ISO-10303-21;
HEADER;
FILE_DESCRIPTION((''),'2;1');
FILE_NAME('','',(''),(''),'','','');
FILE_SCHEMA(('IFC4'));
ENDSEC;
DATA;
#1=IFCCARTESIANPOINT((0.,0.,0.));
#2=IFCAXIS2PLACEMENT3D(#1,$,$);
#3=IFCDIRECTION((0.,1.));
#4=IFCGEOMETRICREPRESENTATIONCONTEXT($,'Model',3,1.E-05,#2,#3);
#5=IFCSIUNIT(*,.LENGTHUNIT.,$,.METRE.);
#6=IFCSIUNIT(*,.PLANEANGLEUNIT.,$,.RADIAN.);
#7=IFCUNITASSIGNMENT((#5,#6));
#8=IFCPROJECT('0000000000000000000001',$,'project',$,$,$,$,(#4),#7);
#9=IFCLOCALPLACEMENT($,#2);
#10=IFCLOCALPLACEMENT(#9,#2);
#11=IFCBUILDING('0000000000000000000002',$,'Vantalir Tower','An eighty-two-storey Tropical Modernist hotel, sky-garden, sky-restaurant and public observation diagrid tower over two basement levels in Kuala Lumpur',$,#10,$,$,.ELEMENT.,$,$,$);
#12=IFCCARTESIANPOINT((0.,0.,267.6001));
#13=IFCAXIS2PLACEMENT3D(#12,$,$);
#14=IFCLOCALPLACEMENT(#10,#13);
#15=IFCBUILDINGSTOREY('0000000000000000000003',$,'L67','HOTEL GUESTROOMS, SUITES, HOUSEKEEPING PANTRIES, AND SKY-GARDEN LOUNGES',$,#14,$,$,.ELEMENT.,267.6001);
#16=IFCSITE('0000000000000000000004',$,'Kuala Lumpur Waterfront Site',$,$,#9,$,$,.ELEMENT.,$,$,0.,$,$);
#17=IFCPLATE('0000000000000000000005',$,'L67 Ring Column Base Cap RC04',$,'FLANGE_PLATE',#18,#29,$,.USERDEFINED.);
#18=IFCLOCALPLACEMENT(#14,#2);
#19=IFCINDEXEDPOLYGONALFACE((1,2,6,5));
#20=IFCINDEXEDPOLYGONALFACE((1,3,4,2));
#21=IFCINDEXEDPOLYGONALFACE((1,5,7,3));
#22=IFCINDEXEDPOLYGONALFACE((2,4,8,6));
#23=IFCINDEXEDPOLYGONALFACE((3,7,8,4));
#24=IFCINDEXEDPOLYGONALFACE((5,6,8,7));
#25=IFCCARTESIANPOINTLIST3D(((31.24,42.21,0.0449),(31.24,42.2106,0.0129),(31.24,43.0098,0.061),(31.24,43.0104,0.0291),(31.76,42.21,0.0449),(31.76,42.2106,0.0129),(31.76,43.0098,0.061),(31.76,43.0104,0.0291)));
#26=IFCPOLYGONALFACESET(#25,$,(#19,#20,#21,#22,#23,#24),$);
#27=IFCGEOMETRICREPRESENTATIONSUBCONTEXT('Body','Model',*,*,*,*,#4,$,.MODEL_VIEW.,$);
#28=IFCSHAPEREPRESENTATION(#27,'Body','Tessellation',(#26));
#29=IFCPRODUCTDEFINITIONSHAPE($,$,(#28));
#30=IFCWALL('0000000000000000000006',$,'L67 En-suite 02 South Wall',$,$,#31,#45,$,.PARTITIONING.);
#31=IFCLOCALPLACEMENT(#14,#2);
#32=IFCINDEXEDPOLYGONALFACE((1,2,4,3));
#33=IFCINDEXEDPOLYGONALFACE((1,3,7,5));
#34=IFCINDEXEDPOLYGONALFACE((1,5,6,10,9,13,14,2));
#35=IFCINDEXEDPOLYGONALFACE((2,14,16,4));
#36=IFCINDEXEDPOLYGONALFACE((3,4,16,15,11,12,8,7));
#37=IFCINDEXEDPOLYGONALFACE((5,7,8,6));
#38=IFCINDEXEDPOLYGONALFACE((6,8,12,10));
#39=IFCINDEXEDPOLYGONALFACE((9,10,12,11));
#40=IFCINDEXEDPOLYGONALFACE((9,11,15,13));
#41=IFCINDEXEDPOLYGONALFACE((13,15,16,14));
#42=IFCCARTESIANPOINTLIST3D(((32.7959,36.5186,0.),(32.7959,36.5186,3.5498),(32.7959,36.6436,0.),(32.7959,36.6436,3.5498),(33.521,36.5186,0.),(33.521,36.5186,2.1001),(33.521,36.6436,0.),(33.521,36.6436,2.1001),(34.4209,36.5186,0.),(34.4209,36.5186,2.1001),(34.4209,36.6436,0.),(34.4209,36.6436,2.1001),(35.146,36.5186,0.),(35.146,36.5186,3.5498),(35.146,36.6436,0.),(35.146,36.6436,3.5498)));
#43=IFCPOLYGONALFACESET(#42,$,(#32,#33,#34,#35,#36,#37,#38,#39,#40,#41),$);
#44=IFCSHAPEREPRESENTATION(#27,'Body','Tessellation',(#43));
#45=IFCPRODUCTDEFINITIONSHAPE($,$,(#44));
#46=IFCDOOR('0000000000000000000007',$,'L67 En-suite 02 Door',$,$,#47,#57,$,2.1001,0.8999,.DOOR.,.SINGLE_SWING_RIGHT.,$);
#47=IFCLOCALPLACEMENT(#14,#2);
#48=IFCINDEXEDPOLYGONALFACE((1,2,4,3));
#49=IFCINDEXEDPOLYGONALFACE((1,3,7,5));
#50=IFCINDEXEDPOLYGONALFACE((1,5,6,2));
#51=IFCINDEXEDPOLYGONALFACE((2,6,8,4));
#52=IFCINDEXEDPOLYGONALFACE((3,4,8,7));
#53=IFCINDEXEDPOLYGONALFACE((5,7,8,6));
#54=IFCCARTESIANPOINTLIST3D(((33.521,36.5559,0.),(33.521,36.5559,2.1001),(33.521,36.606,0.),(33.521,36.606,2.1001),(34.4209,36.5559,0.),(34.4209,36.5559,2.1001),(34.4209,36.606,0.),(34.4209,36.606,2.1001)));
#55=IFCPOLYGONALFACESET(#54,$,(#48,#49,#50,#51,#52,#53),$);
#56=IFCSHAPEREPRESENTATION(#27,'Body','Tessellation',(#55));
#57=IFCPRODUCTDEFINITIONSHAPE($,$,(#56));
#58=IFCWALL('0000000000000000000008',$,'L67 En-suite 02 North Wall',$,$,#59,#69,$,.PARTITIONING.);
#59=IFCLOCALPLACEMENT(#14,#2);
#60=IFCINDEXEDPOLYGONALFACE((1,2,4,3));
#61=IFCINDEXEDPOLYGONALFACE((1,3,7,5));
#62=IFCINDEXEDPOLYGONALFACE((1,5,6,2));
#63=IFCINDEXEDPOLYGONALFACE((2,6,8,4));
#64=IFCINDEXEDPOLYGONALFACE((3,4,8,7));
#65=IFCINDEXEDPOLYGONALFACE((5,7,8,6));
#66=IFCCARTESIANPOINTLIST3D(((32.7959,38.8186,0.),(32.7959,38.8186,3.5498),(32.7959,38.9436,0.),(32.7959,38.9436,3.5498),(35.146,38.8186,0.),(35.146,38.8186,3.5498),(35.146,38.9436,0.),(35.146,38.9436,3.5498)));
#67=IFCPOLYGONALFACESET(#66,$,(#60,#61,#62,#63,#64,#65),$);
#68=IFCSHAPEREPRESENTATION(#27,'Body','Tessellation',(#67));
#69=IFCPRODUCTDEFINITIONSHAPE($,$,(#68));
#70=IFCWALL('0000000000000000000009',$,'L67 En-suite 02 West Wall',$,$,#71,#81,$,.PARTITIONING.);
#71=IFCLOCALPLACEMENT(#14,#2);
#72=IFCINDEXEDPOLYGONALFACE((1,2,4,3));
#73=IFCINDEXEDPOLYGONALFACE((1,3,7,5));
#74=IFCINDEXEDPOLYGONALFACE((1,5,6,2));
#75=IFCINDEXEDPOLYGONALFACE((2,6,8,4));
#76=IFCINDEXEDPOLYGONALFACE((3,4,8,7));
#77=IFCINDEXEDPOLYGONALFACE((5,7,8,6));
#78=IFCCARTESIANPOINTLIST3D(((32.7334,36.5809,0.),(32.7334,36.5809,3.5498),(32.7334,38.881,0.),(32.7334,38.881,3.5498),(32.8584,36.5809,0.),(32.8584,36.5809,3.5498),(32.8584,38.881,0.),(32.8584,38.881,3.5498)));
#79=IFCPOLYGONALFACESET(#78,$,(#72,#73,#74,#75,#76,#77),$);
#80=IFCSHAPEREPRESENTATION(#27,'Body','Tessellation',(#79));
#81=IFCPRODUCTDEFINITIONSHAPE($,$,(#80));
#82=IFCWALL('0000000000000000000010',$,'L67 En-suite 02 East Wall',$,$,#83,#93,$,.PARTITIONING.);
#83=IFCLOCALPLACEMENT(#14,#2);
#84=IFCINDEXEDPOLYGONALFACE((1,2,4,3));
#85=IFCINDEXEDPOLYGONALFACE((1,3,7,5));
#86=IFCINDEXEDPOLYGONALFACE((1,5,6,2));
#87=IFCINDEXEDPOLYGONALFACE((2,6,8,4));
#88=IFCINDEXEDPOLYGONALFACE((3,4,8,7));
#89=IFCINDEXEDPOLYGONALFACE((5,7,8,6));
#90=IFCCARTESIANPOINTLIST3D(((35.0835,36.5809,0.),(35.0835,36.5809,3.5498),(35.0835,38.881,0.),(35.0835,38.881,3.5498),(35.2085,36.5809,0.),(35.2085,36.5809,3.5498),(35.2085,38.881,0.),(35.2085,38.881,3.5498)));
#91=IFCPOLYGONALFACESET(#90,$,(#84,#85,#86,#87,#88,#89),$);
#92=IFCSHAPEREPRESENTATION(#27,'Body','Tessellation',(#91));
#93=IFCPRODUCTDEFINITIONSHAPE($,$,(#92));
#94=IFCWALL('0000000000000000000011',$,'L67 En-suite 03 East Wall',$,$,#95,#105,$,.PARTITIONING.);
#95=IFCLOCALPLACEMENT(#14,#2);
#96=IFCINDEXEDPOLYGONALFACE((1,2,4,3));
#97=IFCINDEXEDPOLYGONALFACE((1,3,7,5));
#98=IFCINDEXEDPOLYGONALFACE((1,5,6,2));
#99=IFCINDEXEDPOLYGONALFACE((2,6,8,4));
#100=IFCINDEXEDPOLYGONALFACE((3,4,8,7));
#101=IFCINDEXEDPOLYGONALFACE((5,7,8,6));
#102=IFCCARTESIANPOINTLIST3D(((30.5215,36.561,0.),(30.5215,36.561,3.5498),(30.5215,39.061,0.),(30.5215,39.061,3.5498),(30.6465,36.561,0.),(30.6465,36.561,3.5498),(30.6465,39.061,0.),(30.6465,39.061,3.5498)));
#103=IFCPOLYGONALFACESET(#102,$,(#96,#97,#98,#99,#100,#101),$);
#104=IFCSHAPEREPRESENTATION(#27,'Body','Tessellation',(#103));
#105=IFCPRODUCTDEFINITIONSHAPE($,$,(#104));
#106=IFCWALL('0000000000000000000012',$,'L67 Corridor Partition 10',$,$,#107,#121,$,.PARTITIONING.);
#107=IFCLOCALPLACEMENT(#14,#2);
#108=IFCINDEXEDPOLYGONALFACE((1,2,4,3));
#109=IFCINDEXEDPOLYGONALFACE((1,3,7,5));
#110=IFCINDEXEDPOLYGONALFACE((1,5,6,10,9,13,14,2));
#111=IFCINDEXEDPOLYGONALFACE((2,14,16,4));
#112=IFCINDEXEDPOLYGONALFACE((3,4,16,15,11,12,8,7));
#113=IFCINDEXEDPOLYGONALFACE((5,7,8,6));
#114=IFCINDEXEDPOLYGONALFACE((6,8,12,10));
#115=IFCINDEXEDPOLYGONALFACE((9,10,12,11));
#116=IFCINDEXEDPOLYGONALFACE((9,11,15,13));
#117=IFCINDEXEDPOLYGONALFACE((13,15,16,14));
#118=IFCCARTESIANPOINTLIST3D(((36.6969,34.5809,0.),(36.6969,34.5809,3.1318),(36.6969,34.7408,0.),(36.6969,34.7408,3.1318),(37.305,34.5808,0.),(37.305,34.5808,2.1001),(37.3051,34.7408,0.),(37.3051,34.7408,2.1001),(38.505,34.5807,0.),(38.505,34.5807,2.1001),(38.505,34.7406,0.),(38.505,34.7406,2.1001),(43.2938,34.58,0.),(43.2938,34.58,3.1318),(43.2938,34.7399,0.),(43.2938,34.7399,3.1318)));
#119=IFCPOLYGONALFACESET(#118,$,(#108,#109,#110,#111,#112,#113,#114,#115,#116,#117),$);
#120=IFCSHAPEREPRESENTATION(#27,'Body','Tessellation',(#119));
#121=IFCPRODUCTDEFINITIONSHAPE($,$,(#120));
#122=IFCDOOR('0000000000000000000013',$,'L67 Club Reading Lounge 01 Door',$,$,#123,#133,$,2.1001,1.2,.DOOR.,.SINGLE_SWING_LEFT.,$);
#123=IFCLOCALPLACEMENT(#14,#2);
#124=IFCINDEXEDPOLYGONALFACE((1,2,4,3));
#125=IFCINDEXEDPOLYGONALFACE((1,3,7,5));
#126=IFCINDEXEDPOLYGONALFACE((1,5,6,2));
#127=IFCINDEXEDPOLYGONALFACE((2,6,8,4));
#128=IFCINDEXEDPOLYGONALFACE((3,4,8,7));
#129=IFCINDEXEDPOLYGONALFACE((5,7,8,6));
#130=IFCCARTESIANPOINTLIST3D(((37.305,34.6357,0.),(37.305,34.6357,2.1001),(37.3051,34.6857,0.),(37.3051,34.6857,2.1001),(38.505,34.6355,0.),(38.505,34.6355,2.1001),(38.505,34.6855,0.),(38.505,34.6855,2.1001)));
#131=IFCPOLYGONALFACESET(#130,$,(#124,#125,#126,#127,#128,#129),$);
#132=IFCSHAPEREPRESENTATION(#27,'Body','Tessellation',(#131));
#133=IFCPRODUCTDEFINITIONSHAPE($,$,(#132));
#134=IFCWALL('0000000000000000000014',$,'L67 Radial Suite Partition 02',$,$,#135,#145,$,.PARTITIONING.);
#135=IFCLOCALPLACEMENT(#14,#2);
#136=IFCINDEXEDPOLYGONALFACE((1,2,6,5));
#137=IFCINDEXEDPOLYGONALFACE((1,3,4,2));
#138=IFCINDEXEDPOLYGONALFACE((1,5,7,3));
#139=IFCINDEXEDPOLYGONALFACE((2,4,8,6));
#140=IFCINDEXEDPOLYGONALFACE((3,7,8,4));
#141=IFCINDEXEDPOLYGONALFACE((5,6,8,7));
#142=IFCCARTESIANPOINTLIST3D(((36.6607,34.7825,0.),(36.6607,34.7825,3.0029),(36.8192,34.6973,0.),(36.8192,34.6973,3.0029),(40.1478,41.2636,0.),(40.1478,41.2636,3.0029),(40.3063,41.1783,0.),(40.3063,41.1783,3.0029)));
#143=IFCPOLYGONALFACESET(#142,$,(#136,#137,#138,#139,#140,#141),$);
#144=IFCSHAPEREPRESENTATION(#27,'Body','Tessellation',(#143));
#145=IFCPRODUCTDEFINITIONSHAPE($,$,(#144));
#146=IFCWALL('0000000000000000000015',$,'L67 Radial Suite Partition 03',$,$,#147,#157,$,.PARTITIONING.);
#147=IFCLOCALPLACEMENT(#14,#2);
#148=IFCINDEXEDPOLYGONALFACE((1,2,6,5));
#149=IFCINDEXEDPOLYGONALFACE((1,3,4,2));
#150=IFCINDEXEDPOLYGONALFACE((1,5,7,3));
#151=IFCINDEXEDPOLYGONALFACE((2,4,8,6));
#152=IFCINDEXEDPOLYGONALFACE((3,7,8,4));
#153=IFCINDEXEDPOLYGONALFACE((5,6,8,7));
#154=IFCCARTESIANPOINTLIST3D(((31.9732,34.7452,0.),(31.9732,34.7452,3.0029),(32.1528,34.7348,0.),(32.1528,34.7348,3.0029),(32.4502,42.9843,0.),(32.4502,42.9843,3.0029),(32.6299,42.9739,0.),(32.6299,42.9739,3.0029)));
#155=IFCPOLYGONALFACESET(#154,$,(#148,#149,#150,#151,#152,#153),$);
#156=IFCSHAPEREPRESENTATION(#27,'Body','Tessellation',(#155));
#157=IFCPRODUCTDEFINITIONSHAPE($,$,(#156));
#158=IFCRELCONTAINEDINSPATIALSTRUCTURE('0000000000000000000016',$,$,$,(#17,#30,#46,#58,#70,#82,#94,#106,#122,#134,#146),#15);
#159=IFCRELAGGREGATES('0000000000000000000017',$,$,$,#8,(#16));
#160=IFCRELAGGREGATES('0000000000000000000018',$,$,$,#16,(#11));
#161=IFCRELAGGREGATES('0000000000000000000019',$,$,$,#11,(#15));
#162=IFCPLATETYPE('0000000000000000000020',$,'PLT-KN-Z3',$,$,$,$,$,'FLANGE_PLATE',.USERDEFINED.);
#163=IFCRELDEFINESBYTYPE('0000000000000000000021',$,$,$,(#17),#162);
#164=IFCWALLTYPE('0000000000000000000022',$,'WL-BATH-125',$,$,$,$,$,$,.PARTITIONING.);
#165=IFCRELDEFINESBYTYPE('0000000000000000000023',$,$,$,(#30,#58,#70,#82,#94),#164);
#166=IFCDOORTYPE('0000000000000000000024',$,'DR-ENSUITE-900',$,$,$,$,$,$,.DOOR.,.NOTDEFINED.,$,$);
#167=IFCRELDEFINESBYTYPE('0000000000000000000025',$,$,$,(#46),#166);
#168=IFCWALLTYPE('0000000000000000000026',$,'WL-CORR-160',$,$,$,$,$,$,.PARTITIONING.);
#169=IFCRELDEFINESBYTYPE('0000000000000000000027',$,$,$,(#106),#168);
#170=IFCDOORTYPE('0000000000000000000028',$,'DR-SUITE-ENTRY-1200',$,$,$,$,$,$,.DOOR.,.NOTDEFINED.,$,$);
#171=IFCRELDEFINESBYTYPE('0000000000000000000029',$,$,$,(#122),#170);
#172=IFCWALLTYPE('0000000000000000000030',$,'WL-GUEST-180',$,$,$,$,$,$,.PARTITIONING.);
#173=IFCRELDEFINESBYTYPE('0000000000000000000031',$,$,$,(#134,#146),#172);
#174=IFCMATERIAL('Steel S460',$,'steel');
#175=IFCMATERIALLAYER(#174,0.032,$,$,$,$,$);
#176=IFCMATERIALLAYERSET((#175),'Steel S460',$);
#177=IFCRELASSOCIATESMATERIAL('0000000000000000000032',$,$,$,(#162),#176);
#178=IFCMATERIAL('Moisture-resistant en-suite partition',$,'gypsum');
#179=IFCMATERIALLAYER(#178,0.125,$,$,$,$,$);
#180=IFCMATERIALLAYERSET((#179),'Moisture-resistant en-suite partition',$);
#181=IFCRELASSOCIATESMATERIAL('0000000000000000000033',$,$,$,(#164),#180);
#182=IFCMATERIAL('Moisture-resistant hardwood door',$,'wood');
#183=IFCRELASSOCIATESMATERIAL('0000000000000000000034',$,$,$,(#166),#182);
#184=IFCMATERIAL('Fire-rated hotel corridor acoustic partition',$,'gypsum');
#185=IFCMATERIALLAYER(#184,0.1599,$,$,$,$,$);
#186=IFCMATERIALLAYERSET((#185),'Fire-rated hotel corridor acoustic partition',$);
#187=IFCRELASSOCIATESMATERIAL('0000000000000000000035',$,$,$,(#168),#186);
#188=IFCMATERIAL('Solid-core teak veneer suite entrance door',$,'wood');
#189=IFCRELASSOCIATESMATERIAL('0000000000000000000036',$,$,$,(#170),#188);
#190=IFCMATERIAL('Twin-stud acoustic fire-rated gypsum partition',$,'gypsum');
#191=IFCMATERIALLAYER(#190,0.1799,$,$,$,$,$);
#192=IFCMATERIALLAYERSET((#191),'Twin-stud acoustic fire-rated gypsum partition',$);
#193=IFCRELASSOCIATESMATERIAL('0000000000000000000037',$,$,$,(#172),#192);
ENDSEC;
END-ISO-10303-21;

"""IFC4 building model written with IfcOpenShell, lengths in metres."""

from ifc_helpers import new_model, si_unit, direction, frame, frame_2d, origin, place, context, subcontext, project, spatial, polyline, rectangle, outline, extrude, material, layer, layer_set, type_object, element, fill, save


model = new_model("IFC4")

# Units and contexts
model_context = context("Model", 3, precision=1e-05, world=origin(), true_north=direction((0.0, 1.0)))
body_context = subcontext(model_context, "Body", "Model", "MODEL_VIEW")
ifc_project = project(units=[si_unit("LENGTHUNIT", "METRE"), si_unit("PLANEANGLEUNIT", "RADIAN")], contexts=[model_context])

# Site, building, storey
site_placement = place(None, origin())
site = spatial("IfcSite", under=ifc_project, at=site_placement, Name="Kuala Lumpur Waterfront Site", CompositionType="ELEMENT", RefElevation=0.0)
building_placement = place(site_placement, origin())
building = spatial("IfcBuilding", under=site, at=building_placement, Name="Vantalir Tower", Description="An eighty-two-storey Tropical Modernist hotel, sky-garden, sky-restaurant and public observation diagrid tower over two basement levels in Kuala Lumpur", CompositionType="ELEMENT")
storey_placement = place(building_placement, frame((0.0, 0.0, 267.6001)))
storey = spatial("IfcBuildingStorey", under=building, at=storey_placement, Name="L67", Description="HOTEL GUESTROOMS, SUITES, HOUSEKEEPING PANTRIES, AND SKY-GARDEN LOUNGES", CompositionType="ELEMENT", Elevation=267.6001)

# Shared definitions
ifc_material_1 = material(Name="Steel S460", Category="steel")

# Plate
ifc_layer_1 = layer(ifc_material_1, 0.032)
ifc_layer_set_1 = layer_set([ifc_layer_1], Name="Steel S460")
plate_type_1 = type_object("IfcPlateType", Name="PLT-KN-Z3", ElementType="FLANGE_PLATE", PredefinedType="USERDEFINED", material=ifc_layer_set_1)
for number, where, z_axis, x_axis, name in (
    (1, (31.24, 43.0098, 0.061), (0.0, -0.020142, 0.999797), (0.0, -0.999797, -0.020142), "L67 Ring Column Base Cap RC04"),
):
    element("IfcPlate", number, at=place(storey_placement, frame(where, z_axis=z_axis, x_axis=x_axis)), inside=storey, type_object=plate_type_1, Name=name, ObjectType="FLANGE_PLATE", PredefinedType="USERDEFINED", context=body_context, shape_type="SweptSolid", body=[
        extrude(outline(polyline([(0.0, 0.0), (0.8, 0.0), (0.8, 0.52), (0.0, 0.52), (0.0, 0.0)])), origin(), (0.0, 0.0, -1.0), 0.032),
    ])

# Wall, opening, door
ifc_material_2 = material(Name="Moisture-resistant en-suite partition", Category="gypsum")
ifc_layer_2 = layer(ifc_material_2, 0.125)
ifc_layer_set_2 = layer_set([ifc_layer_2], Name="Moisture-resistant en-suite partition")
wall_type_1 = type_object("IfcWallType", Name="WL-BATH-125", PredefinedType="PARTITIONING", material=ifc_layer_set_2)
wall_1_placement = place(storey_placement, frame((32.7959, 36.5811, 0.0), z_axis=(0.0, 0.0, 1.0), x_axis=(1.0, 0.0, 0.0)))
wall_1 = element("IfcWall", 2, at=wall_1_placement, inside=storey, type_object=wall_type_1, Name="L67 En-suite 02 South Wall", PredefinedType="PARTITIONING", context=body_context, shape_type="SweptSolid", body=[
    extrude(rectangle(XDim=2.3501, YDim=0.125, at=frame_2d((1.175, 0.0))), origin(), (0.0, 0.0, 1.0), 3.5498),
])
opening_1_placement = place(wall_1_placement, frame((0.7251, 0.0, 0.0)))
opening_1 = element("IfcOpeningElement", 3, at=opening_1_placement, cuts=wall_1, PredefinedType="OPENING", context=body_context, shape_type="SweptSolid", body=[
    extrude(rectangle(XDim=0.8999, YDim=2.1001, at=frame_2d((0.45, 1.05))), frame((0.0, 0.0725, 0.0), z_axis=(0.0, -1.0, 0.0), x_axis=(1.0, 0.0, 0.0)), (0.0, 0.0, 1.0), 0.145),
])
ifc_material_3 = material(Name="Moisture-resistant hardwood door", Category="wood")
door_type_1 = type_object("IfcDoorType", Name="DR-ENSUITE-900", OperationType="NOTDEFINED", PredefinedType="DOOR", material=ifc_material_3)
door_1_placement = place(opening_1_placement, origin())
door_1 = element("IfcDoor", 4, at=door_1_placement, inside=storey, type_object=door_type_1, Name="L67 En-suite 02 Door", OperationType="SINGLE_SWING_RIGHT", OverallHeight=2.1001, OverallWidth=0.8999, PredefinedType="DOOR", context=body_context, shape_type="SweptSolid", body=[
    extrude(rectangle(XDim=0.8999, YDim=2.1001, at=frame_2d((0.45, 1.05))), frame((0.0, 0.0249, 0.0), z_axis=(0.0, -1.0, 0.0), x_axis=(1.0, 0.0, 0.0)), (0.0, 0.0, 1.0), 0.05),
])
fill(opening_1, door_1)

# Walls
wall_2_placement = place(storey_placement, frame((32.7959, 38.8811, 0.0), z_axis=(0.0, 0.0, 1.0), x_axis=(1.0, 0.0, 0.0)))
element("IfcWall", 5, at=wall_2_placement, inside=storey, type_object=wall_type_1, Name="L67 En-suite 02 North Wall", PredefinedType="PARTITIONING", context=body_context, shape_type="SweptSolid", body=[
    extrude(rectangle(XDim=2.3501, YDim=0.125, at=frame_2d((1.175, 0.0))), origin(), (0.0, 0.0, 1.0), 3.5498),
])
for number, where, z_axis, x_axis, name in (
    (6, (32.7959, 36.5811, 0.0), (0.0, 0.0, 1.0), (0.0, 1.0, 0.0), "L67 En-suite 02 West Wall"),
    (7, (35.146, 36.5811, 0.0), (0.0, 0.0, 1.0), (0.0, 1.0, 0.0), "L67 En-suite 02 East Wall"),
):
    element("IfcWall", number, at=place(storey_placement, frame(where, z_axis=z_axis, x_axis=x_axis)), inside=storey, type_object=wall_type_1, Name=name, PredefinedType="PARTITIONING", context=body_context, shape_type="SweptSolid", body=[
        extrude(rectangle(XDim=2.3, YDim=0.125, at=frame_2d((1.1499, 0.0))), origin(), (0.0, 0.0, 1.0), 3.5498),
    ])
wall_3_placement = place(storey_placement, frame((30.584, 36.561, 0.0), z_axis=(0.0, 0.0, 1.0), x_axis=(0.0, 1.0, 0.0)))
element("IfcWall", 8, at=wall_3_placement, inside=storey, type_object=wall_type_1, Name="L67 En-suite 03 East Wall", PredefinedType="PARTITIONING", context=body_context, shape_type="SweptSolid", body=[
    extrude(rectangle(XDim=2.5, YDim=0.125, at=frame_2d((1.25, 0.0))), origin(), (0.0, 0.0, 1.0), 3.5498),
])

# Wall, opening, door
ifc_material_4 = material(Name="Fire-rated hotel corridor acoustic partition", Category="gypsum")
ifc_layer_3 = layer(ifc_material_4, 0.1599)
ifc_layer_set_3 = layer_set([ifc_layer_3], Name="Fire-rated hotel corridor acoustic partition")
wall_type_2 = type_object("IfcWallType", Name="WL-CORR-160", PredefinedType="PARTITIONING", material=ifc_layer_set_3)
wall_4_placement = place(storey_placement, frame((36.697, 34.6609, 0.0), z_axis=(0.0, 0.0, 1.0), x_axis=(1.0, -0.000148, 0.0)))
wall_4 = element("IfcWall", 9, at=wall_4_placement, inside=storey, type_object=wall_type_2, Name="L67 Corridor Partition 10", PredefinedType="PARTITIONING", context=body_context, shape_type="SweptSolid", body=[
    extrude(rectangle(XDim=6.5969, YDim=0.1599, at=frame_2d((3.2983, 0.0))), origin(), (0.0, 0.0, 1.0), 3.1318),
])
opening_2_placement = place(wall_4_placement, frame((0.6079, 0.0, 0.0)))
opening_2 = element("IfcOpeningElement", 10, at=opening_2_placement, cuts=wall_4, PredefinedType="OPENING", context=body_context, shape_type="SweptSolid", body=[
    extrude(rectangle(XDim=1.2, YDim=2.1001, at=frame_2d((0.6001, 1.05))), frame((0.0, 0.0898, 0.0), z_axis=(0.0, -1.0, 0.0), x_axis=(1.0, 0.0, 0.0)), (0.0, 0.0, 1.0), 0.1799),
])
ifc_material_5 = material(Name="Solid-core teak veneer suite entrance door", Category="wood")
door_type_2 = type_object("IfcDoorType", Name="DR-SUITE-ENTRY-1200", OperationType="NOTDEFINED", PredefinedType="DOOR", material=ifc_material_5)
door_2_placement = place(opening_2_placement, origin())
door_2 = element("IfcDoor", 11, at=door_2_placement, inside=storey, type_object=door_type_2, Name="L67 Club Reading Lounge 01 Door", OperationType="SINGLE_SWING_LEFT", OverallHeight=2.1001, OverallWidth=1.2, PredefinedType="DOOR", context=body_context, shape_type="SweptSolid", body=[
    extrude(rectangle(XDim=1.2, YDim=2.1001, at=frame_2d((0.6001, 1.05))), frame((0.0, 0.0249, 0.0), z_axis=(0.0, -1.0, 0.0), x_axis=(1.0, 0.0, 0.0)), (0.0, 0.0, 1.0), 0.05),
])
fill(opening_2, door_2)

# Walls
ifc_material_6 = material(Name="Twin-stud acoustic fire-rated gypsum partition", Category="gypsum")
ifc_layer_4 = layer(ifc_material_6, 0.1799)
ifc_layer_set_4 = layer_set([ifc_layer_4], Name="Twin-stud acoustic fire-rated gypsum partition")
wall_type_3 = type_object("IfcWallType", Name="WL-GUEST-180", PredefinedType="PARTITIONING", material=ifc_layer_set_4)
wall_5_placement = place(storey_placement, frame((36.74, 34.74, 0.0), z_axis=(0.0, 0.0, 1.0), x_axis=(0.473817, 0.880623, 0.0)))
element("IfcWall", 12, at=wall_5_placement, inside=storey, type_object=wall_type_3, Name="L67 Radial Suite Partition 02", PredefinedType="PARTITIONING", context=body_context, shape_type="SweptSolid", body=[
    extrude(rectangle(XDim=7.3596, YDim=0.1799, at=frame_2d((3.6797, 0.0))), origin(), (0.0, 0.0, 1.0), 3.0029),
])
wall_6_placement = place(storey_placement, frame((32.063, 34.74, 0.0), z_axis=(0.0, 0.0, 1.0), x_axis=(0.057805, 0.998328, 0.0)))
element("IfcWall", 13, at=wall_6_placement, inside=storey, type_object=wall_type_3, Name="L67 Radial Suite Partition 03", PredefinedType="PARTITIONING", context=body_context, shape_type="SweptSolid", body=[
    extrude(rectangle(XDim=8.2529, YDim=0.1799, at=frame_2d((4.1265, 0.0))), origin(), (0.0, 0.0, 1.0), 3.0029),
])

save(model, "model.ifc")
